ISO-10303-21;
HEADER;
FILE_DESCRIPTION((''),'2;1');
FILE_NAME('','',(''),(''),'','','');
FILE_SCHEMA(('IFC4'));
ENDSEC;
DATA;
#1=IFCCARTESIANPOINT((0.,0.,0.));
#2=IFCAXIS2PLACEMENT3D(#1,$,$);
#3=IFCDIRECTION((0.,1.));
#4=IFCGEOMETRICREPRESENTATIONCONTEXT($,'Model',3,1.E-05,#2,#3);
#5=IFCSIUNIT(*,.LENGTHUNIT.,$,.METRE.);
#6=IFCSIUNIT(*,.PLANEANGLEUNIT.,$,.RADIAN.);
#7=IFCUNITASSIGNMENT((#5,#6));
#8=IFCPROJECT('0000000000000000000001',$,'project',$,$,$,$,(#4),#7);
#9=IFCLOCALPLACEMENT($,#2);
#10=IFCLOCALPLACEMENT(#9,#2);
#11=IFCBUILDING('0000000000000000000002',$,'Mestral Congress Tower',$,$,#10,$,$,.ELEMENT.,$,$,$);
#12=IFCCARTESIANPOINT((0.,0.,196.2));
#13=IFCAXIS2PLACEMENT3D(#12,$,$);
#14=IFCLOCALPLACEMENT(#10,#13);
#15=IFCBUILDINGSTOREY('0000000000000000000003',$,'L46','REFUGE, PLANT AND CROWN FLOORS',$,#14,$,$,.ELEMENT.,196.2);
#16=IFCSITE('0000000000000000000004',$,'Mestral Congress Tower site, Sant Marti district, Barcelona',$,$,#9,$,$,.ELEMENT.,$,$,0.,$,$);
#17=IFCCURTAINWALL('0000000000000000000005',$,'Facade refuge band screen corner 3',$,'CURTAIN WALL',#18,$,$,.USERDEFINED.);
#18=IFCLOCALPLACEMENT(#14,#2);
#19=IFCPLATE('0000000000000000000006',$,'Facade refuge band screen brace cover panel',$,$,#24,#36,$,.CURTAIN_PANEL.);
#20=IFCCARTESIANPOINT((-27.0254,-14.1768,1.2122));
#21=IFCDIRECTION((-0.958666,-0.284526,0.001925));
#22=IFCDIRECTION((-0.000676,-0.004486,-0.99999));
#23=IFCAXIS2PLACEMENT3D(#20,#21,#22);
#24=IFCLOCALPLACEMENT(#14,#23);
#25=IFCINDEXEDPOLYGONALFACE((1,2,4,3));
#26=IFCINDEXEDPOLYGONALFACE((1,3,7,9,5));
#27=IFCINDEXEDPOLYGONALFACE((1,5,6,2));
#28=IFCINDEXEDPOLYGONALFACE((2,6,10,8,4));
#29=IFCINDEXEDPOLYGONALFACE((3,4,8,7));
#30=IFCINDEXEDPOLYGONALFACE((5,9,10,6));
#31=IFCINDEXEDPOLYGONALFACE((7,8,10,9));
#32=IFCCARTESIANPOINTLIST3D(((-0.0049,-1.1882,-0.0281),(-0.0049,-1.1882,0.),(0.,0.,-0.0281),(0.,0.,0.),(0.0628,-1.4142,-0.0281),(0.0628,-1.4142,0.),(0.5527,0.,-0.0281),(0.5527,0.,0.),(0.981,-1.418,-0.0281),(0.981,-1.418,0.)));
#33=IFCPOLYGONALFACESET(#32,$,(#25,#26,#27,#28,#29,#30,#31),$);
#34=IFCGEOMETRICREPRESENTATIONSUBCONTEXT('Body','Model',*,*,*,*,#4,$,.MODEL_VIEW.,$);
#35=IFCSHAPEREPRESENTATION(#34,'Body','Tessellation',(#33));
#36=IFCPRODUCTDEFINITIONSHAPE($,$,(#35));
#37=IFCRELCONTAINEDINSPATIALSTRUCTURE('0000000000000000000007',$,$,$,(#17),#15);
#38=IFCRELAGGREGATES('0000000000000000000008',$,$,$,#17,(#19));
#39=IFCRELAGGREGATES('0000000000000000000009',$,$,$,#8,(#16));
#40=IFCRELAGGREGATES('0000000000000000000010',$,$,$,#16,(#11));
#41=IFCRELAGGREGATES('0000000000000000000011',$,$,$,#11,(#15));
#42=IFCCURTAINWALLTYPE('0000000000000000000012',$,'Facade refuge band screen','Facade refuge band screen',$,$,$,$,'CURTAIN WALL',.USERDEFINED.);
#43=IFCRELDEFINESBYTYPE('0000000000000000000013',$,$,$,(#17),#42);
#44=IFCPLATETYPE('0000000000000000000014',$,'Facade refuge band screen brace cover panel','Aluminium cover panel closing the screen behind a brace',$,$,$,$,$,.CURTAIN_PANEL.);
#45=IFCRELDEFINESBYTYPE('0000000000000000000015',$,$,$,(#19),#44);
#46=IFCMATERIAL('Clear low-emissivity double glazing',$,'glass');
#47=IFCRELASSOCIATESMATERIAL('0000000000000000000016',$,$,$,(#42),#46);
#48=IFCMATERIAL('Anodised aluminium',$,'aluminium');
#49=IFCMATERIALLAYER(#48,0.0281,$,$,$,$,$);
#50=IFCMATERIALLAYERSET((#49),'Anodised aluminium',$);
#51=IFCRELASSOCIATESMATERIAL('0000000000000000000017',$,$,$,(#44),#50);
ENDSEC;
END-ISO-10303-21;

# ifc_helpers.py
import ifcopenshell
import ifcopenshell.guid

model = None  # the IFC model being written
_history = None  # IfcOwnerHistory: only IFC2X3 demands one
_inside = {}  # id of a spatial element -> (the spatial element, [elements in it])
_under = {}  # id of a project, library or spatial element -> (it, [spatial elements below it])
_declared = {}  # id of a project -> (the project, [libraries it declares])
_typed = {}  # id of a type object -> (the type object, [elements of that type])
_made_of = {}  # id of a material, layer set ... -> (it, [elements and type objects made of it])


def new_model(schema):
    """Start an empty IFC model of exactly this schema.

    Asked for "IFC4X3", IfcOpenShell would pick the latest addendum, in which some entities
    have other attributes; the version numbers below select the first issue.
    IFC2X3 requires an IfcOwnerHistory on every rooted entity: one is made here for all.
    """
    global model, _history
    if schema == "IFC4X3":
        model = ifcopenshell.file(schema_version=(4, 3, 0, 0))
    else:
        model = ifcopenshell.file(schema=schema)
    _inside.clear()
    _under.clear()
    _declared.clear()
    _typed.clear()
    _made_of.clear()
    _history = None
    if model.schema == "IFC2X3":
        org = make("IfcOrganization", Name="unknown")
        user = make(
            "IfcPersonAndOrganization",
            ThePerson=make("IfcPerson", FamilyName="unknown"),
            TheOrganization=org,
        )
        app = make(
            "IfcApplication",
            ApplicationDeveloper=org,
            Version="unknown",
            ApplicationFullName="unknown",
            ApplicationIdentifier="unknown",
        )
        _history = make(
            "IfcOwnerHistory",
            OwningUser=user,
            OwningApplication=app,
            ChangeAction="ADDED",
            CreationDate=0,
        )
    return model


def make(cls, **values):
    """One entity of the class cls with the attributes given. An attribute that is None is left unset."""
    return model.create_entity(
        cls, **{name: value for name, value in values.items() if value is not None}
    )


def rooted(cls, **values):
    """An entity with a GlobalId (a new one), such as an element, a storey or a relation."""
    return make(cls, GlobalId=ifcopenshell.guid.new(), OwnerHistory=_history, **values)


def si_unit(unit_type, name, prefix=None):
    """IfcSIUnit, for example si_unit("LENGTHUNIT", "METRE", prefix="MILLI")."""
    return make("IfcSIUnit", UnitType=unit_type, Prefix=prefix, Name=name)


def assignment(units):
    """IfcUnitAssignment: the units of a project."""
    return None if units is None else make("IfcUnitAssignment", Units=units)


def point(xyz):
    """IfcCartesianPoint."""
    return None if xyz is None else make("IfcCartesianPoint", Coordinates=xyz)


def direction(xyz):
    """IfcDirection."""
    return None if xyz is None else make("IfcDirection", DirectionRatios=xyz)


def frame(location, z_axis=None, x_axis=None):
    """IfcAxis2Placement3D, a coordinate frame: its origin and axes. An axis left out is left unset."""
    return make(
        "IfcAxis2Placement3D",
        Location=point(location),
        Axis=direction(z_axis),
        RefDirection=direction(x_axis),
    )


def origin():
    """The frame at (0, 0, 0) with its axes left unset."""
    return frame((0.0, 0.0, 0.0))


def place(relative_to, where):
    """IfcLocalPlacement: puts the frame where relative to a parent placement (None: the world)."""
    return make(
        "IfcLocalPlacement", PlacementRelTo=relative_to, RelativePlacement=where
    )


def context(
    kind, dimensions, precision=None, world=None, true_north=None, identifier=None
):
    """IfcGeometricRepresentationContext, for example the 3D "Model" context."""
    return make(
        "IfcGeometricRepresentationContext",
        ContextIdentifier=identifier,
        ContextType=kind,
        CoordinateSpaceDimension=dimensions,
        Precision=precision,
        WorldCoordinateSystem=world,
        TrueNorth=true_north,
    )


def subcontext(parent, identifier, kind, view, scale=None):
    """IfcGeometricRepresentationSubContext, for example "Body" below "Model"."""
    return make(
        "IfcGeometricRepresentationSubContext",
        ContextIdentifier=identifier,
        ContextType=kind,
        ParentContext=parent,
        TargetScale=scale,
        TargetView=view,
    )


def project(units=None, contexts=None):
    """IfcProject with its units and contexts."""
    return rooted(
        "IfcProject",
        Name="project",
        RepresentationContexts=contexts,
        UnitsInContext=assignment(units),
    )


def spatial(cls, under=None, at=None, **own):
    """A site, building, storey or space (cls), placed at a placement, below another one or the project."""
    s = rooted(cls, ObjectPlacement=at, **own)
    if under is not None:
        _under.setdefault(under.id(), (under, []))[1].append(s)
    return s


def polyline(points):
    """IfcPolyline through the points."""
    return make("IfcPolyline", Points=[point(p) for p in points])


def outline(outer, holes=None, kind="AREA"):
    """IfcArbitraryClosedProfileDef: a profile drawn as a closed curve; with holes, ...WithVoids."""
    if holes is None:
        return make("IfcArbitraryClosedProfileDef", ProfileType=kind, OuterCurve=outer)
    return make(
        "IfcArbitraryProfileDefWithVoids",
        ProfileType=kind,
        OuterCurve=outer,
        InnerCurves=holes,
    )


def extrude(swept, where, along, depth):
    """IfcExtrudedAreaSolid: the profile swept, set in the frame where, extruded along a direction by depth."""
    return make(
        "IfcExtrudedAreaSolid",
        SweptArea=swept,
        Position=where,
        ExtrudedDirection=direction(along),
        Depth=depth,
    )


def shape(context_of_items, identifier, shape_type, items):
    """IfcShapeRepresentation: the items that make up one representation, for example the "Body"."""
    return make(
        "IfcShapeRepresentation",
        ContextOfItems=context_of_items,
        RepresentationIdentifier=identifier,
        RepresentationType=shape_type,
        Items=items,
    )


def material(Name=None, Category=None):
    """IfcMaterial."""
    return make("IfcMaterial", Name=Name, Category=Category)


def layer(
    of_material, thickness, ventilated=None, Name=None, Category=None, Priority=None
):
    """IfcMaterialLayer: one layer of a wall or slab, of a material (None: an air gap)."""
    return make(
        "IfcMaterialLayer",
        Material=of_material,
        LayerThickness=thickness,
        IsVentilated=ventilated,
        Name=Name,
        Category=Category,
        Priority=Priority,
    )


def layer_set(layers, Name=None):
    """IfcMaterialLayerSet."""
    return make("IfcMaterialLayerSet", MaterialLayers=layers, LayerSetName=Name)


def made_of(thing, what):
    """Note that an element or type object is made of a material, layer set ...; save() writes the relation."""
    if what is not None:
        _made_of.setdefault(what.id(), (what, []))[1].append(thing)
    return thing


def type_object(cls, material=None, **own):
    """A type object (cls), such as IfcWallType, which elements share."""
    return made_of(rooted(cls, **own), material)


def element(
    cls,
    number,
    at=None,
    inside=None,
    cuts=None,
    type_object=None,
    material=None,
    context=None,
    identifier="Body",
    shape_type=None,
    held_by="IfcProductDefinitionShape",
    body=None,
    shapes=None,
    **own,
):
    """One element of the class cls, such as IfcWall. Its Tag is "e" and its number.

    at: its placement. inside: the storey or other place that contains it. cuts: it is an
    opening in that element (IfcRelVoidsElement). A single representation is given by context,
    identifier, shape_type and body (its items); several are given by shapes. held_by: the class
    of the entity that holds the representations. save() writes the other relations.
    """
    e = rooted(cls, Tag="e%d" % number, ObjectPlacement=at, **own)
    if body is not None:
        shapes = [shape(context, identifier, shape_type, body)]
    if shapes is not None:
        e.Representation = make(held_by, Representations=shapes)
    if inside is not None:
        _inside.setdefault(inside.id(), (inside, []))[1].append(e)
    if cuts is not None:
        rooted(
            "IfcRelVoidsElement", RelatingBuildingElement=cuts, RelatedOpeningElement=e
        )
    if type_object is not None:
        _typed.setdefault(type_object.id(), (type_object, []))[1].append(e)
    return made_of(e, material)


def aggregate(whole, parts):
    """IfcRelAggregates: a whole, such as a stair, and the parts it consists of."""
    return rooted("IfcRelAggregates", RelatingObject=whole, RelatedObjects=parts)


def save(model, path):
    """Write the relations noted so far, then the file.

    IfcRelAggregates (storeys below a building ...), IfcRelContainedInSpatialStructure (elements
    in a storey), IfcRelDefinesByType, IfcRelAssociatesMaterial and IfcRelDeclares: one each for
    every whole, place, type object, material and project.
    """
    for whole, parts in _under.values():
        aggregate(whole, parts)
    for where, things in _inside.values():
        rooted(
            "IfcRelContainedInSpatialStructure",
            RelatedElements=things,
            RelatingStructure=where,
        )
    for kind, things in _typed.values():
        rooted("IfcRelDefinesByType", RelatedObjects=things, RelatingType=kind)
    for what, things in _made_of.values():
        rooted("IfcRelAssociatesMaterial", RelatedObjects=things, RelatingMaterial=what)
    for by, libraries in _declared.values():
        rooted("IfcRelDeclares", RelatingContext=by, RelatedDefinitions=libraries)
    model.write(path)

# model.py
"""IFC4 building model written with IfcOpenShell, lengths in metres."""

from ifc_helpers import new_model, si_unit, direction, frame, origin, place, context, subcontext, project, spatial, polyline, outline, extrude, material, layer, layer_set, type_object, element, aggregate, save


model = new_model("IFC4")

# Units and contexts
model_context = context("Model", 3, precision=1e-05, world=origin(), true_north=direction((0.0, 1.0)))
body_context = subcontext(model_context, "Body", "Model", "MODEL_VIEW")
ifc_project = project(units=[si_unit("LENGTHUNIT", "METRE"), si_unit("PLANEANGLEUNIT", "RADIAN")], contexts=[model_context])

# Site, building, storey
site_placement = place(None, origin())
site = spatial("IfcSite", under=ifc_project, at=site_placement, Name="Mestral Congress Tower site, Sant Marti district, Barcelona", CompositionType="ELEMENT", RefElevation=0.0)
building_placement = place(site_placement, origin())
building = spatial("IfcBuilding", under=site, at=building_placement, Name="Mestral Congress Tower", CompositionType="ELEMENT")
storey_placement = place(building_placement, frame((0.0, 0.0, 196.2)))
storey = spatial("IfcBuildingStorey", under=building, at=storey_placement, Name="L46", Description="REFUGE, PLANT AND CROWN FLOORS", CompositionType="ELEMENT", Elevation=196.2)

# Curtain wall
ifc_material_1 = material(Name="Clear low-emissivity double glazing", Category="glass")
curtain_wall_type = type_object("IfcCurtainWallType", Name="Facade refuge band screen", Description="Facade refuge band screen", ElementType="CURTAIN WALL", PredefinedType="USERDEFINED", material=ifc_material_1)
curtain_wall_placement = place(storey_placement, origin())
curtain_wall = element("IfcCurtainWall", 1, at=curtain_wall_placement, inside=storey, type_object=curtain_wall_type, Name="Facade refuge band screen corner 3", ObjectType="CURTAIN WALL", PredefinedType="USERDEFINED")
ifc_material_2 = material(Name="Anodised aluminium", Category="aluminium")

# Plate
ifc_layer_1 = layer(ifc_material_2, 0.0281)
ifc_layer_set_1 = layer_set([ifc_layer_1], Name="Anodised aluminium")
plate_type = type_object("IfcPlateType", Name="Facade refuge band screen brace cover panel", Description="Aluminium cover panel closing the screen behind a brace", PredefinedType="CURTAIN_PANEL", material=ifc_layer_set_1)
plate_1_placement = place(storey_placement, frame((-27.0254, -14.1768, 1.2122), z_axis=(-0.958666, -0.284526, 0.001925), x_axis=(-0.000676, -0.004486, -0.99999)))
plate_1 = element("IfcPlate", 2, at=plate_1_placement, type_object=plate_type, Name="Facade refuge band screen brace cover panel", PredefinedType="CURTAIN_PANEL", context=body_context, shape_type="SweptSolid", body=[
    extrude(outline(polyline([(0.0, 0.0), (0.5527, 0.0), (0.981, -1.418), (0.0628, -1.4142), (-0.0049, -1.1882), (0.0, 0.0)])), origin(), (0.0, 0.0, -1.0), 0.0281),
])
aggregate(curtain_wall, [plate_1])

save(model, "model.ifc")
